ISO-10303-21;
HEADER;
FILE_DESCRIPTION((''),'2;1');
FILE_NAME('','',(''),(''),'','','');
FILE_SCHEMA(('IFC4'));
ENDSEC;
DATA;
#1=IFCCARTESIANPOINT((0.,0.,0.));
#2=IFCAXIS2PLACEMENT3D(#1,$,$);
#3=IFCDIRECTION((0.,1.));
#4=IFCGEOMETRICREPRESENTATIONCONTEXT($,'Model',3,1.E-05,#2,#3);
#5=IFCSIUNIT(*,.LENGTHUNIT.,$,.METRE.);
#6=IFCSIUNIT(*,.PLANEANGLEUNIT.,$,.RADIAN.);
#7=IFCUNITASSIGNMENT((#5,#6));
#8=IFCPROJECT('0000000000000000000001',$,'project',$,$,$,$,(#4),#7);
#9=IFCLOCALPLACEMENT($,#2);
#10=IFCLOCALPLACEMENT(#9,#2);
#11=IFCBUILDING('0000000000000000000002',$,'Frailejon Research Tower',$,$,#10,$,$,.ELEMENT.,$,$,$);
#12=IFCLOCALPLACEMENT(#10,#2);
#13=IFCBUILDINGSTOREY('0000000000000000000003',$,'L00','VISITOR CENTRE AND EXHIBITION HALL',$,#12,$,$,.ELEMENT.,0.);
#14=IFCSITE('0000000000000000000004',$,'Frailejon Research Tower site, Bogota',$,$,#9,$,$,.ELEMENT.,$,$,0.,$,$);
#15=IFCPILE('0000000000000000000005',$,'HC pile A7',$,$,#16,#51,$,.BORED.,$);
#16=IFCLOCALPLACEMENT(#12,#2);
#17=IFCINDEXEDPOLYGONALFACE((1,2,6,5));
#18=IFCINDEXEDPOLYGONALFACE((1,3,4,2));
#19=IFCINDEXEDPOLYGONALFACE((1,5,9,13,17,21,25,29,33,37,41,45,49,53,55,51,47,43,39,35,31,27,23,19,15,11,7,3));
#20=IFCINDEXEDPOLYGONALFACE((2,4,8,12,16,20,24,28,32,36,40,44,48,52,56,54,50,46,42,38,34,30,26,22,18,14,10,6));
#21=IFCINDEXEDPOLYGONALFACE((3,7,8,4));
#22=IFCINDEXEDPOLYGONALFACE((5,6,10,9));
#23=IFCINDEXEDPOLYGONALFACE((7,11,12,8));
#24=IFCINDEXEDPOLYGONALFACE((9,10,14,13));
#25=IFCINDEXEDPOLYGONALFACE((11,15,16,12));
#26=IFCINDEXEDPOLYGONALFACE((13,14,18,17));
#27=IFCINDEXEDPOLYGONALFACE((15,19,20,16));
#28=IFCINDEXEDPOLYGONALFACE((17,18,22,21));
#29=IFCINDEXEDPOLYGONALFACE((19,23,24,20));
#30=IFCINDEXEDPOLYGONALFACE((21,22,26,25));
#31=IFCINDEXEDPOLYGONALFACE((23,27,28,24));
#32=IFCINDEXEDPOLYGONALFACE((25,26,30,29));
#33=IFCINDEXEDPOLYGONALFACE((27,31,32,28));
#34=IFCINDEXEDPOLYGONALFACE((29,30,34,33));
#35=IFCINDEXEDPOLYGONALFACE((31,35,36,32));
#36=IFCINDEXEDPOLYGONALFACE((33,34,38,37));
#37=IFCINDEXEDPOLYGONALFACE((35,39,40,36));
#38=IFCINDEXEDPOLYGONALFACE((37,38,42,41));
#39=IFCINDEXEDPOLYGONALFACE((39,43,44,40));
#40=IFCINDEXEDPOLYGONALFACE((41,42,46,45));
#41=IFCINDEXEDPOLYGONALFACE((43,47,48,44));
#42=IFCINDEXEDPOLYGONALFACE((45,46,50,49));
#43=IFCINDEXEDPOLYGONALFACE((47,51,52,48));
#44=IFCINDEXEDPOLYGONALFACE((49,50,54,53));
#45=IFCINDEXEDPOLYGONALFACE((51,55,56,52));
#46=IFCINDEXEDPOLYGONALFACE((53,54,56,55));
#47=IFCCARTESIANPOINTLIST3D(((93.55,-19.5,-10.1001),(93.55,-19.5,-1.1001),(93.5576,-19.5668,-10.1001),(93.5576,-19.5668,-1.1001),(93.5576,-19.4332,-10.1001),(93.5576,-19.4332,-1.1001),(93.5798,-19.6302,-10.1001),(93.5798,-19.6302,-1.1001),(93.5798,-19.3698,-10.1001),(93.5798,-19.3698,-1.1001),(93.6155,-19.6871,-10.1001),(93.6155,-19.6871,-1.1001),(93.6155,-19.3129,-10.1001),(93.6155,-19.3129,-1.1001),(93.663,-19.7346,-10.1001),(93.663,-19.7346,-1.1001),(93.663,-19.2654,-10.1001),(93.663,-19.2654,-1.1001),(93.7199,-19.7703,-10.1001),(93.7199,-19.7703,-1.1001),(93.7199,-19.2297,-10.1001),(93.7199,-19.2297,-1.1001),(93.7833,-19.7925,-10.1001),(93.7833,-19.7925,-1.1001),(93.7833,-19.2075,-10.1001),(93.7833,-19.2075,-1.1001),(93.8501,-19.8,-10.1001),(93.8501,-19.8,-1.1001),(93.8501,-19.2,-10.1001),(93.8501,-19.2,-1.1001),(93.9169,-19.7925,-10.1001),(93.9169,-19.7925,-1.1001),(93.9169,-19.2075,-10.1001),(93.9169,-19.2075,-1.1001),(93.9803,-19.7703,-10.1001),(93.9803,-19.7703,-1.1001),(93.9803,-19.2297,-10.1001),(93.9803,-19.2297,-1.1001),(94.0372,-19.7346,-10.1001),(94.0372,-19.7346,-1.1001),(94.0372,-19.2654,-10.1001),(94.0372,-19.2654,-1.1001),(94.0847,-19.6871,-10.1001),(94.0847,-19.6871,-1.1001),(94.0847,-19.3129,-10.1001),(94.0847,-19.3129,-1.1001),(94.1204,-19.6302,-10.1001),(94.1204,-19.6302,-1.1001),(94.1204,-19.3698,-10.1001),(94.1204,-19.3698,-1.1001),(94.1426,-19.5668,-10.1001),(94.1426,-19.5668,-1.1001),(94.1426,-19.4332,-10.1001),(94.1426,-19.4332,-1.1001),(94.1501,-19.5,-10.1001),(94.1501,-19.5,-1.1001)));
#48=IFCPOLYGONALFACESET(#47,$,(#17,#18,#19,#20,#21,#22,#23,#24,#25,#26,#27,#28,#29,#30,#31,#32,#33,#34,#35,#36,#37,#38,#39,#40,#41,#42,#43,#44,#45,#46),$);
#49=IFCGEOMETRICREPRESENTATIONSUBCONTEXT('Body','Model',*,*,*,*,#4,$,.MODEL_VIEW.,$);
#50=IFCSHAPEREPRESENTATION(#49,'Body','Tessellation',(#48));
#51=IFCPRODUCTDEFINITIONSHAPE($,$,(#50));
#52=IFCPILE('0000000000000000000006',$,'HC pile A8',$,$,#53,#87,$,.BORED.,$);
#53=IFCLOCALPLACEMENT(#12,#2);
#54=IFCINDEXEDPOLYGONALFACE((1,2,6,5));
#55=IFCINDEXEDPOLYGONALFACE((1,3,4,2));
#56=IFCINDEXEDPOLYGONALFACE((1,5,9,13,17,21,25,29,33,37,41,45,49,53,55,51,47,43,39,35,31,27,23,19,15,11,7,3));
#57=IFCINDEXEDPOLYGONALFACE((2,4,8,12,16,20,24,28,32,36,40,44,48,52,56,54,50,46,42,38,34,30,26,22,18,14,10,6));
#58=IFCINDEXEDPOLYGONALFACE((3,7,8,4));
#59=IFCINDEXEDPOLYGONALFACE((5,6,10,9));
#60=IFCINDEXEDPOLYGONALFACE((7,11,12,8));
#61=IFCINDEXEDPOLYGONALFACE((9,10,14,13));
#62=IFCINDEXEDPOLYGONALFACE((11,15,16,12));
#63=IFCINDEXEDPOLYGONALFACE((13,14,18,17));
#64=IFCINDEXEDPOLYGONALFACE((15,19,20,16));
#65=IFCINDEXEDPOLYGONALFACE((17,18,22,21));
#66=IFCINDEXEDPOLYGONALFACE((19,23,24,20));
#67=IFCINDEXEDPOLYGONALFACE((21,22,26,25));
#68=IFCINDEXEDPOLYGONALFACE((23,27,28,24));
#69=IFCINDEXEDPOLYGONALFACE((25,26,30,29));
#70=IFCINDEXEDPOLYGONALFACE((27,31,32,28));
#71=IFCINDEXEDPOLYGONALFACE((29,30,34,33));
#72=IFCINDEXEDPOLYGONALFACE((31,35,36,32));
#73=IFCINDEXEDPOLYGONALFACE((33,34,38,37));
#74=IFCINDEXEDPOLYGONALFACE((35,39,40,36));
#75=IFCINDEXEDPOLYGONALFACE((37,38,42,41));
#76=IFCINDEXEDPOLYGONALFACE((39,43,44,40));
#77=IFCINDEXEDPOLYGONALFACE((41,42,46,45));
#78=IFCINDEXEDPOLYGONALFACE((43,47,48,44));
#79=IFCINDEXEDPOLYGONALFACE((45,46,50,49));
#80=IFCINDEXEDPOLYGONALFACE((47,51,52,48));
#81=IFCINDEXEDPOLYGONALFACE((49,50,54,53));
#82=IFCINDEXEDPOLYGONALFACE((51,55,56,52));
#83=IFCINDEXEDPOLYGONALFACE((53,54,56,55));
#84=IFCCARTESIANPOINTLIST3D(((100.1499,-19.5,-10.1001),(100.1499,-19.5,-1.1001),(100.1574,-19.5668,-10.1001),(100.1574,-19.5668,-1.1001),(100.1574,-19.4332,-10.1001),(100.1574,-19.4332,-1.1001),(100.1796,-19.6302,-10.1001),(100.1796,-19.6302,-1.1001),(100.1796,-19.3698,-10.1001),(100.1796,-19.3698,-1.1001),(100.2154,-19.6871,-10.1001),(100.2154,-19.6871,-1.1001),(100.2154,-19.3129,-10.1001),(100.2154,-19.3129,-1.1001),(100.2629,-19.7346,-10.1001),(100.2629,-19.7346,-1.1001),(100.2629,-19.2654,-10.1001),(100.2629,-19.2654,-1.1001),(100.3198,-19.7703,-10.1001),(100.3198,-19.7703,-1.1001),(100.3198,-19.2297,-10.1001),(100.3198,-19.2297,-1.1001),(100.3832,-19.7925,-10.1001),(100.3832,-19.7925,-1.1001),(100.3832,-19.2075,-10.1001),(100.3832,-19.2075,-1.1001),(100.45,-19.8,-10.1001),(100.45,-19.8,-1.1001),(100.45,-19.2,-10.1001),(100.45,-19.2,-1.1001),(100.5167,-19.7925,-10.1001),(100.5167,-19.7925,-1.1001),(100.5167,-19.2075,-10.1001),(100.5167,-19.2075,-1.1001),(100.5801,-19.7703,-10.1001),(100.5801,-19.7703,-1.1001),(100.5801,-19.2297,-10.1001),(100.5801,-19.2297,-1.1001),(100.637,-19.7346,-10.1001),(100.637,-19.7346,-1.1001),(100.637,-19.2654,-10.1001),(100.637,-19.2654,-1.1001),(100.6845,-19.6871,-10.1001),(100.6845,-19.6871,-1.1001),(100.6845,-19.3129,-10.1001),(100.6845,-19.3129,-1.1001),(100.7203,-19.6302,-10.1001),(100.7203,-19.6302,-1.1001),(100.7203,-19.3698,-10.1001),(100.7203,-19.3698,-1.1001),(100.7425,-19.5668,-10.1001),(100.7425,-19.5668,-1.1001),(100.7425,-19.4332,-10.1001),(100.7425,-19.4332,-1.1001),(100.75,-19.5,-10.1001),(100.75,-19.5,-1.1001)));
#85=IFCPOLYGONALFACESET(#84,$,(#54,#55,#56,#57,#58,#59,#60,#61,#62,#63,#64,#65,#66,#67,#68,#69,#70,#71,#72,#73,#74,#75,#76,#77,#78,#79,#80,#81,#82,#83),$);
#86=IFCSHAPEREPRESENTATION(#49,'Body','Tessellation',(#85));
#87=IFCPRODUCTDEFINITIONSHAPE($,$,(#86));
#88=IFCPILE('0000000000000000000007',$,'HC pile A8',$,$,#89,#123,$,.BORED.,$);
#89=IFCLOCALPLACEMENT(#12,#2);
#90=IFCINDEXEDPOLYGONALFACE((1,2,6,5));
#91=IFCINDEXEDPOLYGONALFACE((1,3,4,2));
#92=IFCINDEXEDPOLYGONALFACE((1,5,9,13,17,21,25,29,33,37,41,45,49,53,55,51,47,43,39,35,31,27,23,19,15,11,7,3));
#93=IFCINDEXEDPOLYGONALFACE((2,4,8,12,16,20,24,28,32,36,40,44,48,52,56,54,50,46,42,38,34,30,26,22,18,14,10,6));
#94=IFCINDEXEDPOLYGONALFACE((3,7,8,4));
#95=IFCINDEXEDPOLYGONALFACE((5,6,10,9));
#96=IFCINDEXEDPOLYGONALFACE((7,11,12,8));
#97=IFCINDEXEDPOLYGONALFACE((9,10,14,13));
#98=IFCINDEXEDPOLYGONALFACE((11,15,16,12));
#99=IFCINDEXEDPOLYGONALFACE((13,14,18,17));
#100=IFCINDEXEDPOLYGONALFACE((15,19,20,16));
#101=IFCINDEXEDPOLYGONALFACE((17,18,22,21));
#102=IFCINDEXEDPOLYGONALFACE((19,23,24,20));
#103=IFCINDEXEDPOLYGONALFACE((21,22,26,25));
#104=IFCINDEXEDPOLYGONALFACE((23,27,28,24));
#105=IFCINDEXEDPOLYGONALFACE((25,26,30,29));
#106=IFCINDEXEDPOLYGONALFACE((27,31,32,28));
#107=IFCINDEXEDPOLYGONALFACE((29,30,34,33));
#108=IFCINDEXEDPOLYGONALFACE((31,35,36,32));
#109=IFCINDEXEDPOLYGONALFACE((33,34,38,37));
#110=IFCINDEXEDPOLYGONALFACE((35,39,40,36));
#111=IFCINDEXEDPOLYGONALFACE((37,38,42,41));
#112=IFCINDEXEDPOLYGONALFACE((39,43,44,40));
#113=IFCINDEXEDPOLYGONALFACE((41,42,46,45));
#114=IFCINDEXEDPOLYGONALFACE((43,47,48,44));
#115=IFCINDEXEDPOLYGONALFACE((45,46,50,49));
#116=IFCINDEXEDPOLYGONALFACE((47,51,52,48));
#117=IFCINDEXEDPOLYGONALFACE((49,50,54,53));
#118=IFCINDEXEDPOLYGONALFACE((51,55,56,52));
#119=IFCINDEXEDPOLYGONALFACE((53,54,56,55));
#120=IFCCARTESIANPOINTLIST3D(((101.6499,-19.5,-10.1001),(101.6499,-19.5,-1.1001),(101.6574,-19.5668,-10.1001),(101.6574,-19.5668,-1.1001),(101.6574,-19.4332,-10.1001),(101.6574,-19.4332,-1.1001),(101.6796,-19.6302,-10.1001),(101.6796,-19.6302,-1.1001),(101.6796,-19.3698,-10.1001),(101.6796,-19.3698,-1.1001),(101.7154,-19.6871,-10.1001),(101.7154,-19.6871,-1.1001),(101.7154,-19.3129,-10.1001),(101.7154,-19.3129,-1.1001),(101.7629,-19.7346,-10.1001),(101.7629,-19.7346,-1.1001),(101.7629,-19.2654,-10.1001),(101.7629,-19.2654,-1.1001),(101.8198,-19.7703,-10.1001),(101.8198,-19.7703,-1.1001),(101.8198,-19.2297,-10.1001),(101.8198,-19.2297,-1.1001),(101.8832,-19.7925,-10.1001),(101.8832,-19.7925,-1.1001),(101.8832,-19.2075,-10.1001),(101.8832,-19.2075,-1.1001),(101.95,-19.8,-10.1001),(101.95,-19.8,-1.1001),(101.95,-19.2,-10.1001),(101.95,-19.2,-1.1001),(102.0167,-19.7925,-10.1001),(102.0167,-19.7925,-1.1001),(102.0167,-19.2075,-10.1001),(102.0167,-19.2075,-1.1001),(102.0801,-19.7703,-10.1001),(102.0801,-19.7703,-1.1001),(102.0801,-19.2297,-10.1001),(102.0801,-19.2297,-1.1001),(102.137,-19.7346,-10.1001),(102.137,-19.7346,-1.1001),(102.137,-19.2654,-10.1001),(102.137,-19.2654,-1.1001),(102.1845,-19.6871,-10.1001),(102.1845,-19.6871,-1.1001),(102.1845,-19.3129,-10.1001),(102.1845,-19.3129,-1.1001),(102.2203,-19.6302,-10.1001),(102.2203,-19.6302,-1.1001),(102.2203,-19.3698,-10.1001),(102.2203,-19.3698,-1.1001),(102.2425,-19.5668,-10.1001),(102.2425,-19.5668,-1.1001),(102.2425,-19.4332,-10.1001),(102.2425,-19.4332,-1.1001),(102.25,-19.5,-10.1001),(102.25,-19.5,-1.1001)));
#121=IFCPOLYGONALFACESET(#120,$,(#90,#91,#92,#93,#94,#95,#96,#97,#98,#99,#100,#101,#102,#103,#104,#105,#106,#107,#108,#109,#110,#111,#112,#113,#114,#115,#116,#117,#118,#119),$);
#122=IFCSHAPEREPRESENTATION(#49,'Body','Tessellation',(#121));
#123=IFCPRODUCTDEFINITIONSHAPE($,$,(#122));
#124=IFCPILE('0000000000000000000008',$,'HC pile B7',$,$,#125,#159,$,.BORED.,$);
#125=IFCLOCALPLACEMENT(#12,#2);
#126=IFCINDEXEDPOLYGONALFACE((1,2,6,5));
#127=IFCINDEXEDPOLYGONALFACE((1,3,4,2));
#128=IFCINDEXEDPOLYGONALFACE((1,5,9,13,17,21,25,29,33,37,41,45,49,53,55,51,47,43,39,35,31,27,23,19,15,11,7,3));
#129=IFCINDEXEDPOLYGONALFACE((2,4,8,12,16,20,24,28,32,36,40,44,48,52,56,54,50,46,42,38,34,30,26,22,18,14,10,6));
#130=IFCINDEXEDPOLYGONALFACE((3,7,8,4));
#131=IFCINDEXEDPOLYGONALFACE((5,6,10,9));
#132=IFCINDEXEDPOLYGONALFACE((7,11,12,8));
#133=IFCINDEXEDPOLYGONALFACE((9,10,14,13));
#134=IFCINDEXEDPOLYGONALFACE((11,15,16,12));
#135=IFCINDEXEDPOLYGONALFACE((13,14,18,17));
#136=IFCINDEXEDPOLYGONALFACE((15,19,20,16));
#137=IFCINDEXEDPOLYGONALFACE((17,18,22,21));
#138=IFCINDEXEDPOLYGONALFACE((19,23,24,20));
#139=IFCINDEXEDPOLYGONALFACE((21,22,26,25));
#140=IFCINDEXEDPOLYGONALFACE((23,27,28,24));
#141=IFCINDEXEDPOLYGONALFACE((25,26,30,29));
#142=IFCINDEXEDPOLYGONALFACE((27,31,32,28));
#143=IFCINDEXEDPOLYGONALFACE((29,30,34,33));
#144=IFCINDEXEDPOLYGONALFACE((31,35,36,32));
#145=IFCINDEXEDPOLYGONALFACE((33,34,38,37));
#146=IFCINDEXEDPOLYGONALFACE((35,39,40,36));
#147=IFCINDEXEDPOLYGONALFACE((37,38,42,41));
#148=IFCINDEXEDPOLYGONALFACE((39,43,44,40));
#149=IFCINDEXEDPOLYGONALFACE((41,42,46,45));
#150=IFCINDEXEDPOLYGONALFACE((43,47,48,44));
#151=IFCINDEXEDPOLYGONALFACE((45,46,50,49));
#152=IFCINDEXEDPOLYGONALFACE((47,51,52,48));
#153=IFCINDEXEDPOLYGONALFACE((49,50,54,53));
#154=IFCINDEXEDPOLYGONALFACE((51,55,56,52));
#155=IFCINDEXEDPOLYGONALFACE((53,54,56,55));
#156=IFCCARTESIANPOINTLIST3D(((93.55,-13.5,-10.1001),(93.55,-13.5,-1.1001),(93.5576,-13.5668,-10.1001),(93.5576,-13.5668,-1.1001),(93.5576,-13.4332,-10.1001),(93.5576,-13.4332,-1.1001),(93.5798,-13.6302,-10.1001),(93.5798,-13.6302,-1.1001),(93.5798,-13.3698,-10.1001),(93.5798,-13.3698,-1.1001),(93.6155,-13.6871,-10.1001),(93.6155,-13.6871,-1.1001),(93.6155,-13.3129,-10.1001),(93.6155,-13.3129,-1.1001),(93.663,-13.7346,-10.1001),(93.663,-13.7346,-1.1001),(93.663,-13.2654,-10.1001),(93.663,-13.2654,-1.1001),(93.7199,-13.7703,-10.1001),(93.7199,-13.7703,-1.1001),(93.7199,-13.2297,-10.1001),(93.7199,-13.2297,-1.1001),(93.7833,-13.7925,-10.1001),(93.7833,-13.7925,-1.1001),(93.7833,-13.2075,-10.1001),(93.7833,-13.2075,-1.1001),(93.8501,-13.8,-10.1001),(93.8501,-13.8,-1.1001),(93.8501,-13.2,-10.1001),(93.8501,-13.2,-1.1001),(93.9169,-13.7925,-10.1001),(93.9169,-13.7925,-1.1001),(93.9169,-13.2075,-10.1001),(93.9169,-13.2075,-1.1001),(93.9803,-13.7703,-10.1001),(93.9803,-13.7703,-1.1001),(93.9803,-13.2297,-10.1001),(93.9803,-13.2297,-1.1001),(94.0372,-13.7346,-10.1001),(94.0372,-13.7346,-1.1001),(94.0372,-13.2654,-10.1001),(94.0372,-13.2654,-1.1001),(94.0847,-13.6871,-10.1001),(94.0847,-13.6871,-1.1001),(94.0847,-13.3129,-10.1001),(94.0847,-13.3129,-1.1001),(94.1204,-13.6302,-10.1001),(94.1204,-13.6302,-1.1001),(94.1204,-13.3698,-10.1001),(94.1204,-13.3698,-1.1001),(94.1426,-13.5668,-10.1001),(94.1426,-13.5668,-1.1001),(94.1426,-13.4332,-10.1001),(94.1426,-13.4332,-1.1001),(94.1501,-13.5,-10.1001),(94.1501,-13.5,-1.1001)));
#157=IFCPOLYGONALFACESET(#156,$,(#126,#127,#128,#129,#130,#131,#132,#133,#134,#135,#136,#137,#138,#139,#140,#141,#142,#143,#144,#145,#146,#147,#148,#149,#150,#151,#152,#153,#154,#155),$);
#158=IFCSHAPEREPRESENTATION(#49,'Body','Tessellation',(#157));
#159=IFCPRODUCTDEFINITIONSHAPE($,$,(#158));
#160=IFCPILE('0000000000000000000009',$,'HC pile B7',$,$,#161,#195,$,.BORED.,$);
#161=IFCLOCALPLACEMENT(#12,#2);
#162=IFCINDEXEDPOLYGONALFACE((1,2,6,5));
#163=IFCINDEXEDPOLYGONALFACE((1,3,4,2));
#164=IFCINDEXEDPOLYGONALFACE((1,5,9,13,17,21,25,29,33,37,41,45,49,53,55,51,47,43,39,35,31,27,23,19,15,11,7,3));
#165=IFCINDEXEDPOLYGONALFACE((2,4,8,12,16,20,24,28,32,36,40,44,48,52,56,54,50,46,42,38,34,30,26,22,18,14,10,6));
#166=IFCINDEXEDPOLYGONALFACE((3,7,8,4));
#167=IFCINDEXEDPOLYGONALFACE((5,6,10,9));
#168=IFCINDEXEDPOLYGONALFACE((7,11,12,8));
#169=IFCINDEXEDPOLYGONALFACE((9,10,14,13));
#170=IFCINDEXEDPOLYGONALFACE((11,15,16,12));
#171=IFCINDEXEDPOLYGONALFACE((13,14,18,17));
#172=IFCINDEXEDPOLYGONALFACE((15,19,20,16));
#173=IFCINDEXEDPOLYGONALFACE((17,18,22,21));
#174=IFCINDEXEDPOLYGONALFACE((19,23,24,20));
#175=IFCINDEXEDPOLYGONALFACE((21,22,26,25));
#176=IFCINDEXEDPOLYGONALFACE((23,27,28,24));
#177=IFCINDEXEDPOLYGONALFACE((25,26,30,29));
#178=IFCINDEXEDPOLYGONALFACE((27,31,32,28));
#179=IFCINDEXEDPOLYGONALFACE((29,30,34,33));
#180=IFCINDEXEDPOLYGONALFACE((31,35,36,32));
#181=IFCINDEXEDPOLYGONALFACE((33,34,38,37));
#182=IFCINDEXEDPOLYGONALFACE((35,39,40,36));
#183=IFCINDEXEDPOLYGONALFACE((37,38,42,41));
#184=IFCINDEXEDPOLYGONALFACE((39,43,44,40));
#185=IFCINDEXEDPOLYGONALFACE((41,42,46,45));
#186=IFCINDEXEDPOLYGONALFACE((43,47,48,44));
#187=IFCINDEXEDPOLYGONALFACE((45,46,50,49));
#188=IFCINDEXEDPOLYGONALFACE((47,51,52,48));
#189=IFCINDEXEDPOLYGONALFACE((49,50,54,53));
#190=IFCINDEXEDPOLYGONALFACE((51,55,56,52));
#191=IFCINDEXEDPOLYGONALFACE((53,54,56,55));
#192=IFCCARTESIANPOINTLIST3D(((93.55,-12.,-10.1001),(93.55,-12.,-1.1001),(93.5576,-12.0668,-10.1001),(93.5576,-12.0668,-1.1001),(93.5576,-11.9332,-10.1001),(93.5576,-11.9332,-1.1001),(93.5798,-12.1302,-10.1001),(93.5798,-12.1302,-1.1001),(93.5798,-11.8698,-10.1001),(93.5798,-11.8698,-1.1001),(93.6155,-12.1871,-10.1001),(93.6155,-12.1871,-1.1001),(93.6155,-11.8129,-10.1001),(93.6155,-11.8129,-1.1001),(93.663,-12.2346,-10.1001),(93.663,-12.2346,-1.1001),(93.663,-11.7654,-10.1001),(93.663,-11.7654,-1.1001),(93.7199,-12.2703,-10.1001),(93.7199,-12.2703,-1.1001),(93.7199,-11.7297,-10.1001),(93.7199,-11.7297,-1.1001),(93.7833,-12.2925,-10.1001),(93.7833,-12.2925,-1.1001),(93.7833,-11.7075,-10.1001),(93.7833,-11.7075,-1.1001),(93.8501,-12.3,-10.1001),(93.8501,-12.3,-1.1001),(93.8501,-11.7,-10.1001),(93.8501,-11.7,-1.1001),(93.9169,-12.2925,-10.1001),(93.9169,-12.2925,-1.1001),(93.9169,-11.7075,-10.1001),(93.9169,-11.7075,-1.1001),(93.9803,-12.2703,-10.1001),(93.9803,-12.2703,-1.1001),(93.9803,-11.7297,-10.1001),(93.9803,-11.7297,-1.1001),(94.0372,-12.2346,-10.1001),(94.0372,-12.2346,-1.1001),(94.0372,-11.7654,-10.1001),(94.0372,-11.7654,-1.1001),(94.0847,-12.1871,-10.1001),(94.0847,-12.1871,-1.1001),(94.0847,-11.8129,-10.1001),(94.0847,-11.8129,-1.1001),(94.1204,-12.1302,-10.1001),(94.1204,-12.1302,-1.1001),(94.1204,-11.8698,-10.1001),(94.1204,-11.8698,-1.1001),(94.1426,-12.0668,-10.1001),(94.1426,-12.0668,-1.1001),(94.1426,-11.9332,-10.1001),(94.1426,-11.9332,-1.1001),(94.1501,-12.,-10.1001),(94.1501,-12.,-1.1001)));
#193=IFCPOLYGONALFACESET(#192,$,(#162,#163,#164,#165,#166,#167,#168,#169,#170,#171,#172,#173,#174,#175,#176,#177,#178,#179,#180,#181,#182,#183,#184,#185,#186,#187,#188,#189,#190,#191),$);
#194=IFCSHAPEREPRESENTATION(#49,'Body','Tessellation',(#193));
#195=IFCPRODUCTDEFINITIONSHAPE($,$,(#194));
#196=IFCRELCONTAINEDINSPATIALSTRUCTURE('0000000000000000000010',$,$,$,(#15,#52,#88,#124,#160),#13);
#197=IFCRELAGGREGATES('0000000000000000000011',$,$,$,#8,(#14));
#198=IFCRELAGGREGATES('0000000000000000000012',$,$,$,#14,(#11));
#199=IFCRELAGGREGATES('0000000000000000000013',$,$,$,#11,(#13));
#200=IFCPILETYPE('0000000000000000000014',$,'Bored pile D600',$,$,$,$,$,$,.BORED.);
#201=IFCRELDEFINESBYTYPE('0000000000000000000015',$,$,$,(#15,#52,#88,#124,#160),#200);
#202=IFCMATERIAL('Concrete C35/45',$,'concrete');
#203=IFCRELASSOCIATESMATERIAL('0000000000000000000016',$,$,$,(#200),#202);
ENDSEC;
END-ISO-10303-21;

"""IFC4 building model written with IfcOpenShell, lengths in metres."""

from ifc_helpers import new_model, si_unit, direction, frame, origin, origin_2d, place, context, subcontext, project, spatial, circle, extrude, material, material_profile, profile_set, type_object, element, save


model = new_model("IFC4")

# Units and contexts
model_context = context("Model", 3, precision=1e-05, world=origin(), true_north=direction((0.0, 1.0)))
body_context = subcontext(model_context, "Body", "Model", "MODEL_VIEW")
ifc_project = project(units=[si_unit("LENGTHUNIT", "METRE"), si_unit("PLANEANGLEUNIT", "RADIAN")], contexts=[model_context])

# Site, building, storey
site_placement = place(None, origin())
site = spatial("IfcSite", under=ifc_project, at=site_placement, Name="Frailejon Research Tower site, Bogota", CompositionType="ELEMENT", RefElevation=0.0)
building_placement = place(site_placement, origin())
building = spatial("IfcBuilding", under=site, at=building_placement, Name="Frailejon Research Tower", CompositionType="ELEMENT")
storey_placement = place(building_placement, origin())
storey = spatial("IfcBuildingStorey", under=building, at=storey_placement, Name="L00", Description="VISITOR CENTRE AND EXHIBITION HALL", CompositionType="ELEMENT", Elevation=0.0)

# Piles
ifc_material_1 = material(Name="Concrete C35/45", Category="concrete")
ifc_material_profile_1 = material_profile(ifc_material_1, circle(Radius=0.3, at=origin_2d()), Name="Bored pile D600")
ifc_profile_set_1 = profile_set([ifc_material_profile_1], Name="Concrete C35/45")
pile_type = type_object("IfcPileType", Name="Bored pile D600", PredefinedType="BORED", material=ifc_profile_set_1)
for number, where, z_axis, x_axis, name in (
    (1, (93.8501, -19.5, -1.1001), (0.0, 0.0, -1.0), (1.0, 0.0, 0.0), "HC pile A7"),
    (2, (100.45, -19.5, -1.1001), (0.0, 0.0, -1.0), (1.0, 0.0, 0.0), "HC pile A8"),
    (3, (101.95, -19.5, -1.1001), (0.0, 0.0, -1.0), (1.0, 0.0, 0.0), "HC pile A8"),
    (4, (93.8501, -13.5, -1.1001), (0.0, 0.0, -1.0), (1.0, 0.0, 0.0), "HC pile B7"),
    (5, (93.8501, -12.0, -1.1001), (0.0, 0.0, -1.0), (1.0, 0.0, 0.0), "HC pile B7"),
):
    element("IfcPile", number, at=place(storey_placement, frame(where, z_axis=z_axis, x_axis=x_axis)), inside=storey, type_object=pile_type, Name=name, PredefinedType="BORED", context=body_context, shape_type="SweptSolid", body=[
        extrude(circle(Radius=0.3, at=origin_2d()), origin(), (0.0, 0.0, 1.0), 9.0),
    ])

save(model, "model.ifc")
